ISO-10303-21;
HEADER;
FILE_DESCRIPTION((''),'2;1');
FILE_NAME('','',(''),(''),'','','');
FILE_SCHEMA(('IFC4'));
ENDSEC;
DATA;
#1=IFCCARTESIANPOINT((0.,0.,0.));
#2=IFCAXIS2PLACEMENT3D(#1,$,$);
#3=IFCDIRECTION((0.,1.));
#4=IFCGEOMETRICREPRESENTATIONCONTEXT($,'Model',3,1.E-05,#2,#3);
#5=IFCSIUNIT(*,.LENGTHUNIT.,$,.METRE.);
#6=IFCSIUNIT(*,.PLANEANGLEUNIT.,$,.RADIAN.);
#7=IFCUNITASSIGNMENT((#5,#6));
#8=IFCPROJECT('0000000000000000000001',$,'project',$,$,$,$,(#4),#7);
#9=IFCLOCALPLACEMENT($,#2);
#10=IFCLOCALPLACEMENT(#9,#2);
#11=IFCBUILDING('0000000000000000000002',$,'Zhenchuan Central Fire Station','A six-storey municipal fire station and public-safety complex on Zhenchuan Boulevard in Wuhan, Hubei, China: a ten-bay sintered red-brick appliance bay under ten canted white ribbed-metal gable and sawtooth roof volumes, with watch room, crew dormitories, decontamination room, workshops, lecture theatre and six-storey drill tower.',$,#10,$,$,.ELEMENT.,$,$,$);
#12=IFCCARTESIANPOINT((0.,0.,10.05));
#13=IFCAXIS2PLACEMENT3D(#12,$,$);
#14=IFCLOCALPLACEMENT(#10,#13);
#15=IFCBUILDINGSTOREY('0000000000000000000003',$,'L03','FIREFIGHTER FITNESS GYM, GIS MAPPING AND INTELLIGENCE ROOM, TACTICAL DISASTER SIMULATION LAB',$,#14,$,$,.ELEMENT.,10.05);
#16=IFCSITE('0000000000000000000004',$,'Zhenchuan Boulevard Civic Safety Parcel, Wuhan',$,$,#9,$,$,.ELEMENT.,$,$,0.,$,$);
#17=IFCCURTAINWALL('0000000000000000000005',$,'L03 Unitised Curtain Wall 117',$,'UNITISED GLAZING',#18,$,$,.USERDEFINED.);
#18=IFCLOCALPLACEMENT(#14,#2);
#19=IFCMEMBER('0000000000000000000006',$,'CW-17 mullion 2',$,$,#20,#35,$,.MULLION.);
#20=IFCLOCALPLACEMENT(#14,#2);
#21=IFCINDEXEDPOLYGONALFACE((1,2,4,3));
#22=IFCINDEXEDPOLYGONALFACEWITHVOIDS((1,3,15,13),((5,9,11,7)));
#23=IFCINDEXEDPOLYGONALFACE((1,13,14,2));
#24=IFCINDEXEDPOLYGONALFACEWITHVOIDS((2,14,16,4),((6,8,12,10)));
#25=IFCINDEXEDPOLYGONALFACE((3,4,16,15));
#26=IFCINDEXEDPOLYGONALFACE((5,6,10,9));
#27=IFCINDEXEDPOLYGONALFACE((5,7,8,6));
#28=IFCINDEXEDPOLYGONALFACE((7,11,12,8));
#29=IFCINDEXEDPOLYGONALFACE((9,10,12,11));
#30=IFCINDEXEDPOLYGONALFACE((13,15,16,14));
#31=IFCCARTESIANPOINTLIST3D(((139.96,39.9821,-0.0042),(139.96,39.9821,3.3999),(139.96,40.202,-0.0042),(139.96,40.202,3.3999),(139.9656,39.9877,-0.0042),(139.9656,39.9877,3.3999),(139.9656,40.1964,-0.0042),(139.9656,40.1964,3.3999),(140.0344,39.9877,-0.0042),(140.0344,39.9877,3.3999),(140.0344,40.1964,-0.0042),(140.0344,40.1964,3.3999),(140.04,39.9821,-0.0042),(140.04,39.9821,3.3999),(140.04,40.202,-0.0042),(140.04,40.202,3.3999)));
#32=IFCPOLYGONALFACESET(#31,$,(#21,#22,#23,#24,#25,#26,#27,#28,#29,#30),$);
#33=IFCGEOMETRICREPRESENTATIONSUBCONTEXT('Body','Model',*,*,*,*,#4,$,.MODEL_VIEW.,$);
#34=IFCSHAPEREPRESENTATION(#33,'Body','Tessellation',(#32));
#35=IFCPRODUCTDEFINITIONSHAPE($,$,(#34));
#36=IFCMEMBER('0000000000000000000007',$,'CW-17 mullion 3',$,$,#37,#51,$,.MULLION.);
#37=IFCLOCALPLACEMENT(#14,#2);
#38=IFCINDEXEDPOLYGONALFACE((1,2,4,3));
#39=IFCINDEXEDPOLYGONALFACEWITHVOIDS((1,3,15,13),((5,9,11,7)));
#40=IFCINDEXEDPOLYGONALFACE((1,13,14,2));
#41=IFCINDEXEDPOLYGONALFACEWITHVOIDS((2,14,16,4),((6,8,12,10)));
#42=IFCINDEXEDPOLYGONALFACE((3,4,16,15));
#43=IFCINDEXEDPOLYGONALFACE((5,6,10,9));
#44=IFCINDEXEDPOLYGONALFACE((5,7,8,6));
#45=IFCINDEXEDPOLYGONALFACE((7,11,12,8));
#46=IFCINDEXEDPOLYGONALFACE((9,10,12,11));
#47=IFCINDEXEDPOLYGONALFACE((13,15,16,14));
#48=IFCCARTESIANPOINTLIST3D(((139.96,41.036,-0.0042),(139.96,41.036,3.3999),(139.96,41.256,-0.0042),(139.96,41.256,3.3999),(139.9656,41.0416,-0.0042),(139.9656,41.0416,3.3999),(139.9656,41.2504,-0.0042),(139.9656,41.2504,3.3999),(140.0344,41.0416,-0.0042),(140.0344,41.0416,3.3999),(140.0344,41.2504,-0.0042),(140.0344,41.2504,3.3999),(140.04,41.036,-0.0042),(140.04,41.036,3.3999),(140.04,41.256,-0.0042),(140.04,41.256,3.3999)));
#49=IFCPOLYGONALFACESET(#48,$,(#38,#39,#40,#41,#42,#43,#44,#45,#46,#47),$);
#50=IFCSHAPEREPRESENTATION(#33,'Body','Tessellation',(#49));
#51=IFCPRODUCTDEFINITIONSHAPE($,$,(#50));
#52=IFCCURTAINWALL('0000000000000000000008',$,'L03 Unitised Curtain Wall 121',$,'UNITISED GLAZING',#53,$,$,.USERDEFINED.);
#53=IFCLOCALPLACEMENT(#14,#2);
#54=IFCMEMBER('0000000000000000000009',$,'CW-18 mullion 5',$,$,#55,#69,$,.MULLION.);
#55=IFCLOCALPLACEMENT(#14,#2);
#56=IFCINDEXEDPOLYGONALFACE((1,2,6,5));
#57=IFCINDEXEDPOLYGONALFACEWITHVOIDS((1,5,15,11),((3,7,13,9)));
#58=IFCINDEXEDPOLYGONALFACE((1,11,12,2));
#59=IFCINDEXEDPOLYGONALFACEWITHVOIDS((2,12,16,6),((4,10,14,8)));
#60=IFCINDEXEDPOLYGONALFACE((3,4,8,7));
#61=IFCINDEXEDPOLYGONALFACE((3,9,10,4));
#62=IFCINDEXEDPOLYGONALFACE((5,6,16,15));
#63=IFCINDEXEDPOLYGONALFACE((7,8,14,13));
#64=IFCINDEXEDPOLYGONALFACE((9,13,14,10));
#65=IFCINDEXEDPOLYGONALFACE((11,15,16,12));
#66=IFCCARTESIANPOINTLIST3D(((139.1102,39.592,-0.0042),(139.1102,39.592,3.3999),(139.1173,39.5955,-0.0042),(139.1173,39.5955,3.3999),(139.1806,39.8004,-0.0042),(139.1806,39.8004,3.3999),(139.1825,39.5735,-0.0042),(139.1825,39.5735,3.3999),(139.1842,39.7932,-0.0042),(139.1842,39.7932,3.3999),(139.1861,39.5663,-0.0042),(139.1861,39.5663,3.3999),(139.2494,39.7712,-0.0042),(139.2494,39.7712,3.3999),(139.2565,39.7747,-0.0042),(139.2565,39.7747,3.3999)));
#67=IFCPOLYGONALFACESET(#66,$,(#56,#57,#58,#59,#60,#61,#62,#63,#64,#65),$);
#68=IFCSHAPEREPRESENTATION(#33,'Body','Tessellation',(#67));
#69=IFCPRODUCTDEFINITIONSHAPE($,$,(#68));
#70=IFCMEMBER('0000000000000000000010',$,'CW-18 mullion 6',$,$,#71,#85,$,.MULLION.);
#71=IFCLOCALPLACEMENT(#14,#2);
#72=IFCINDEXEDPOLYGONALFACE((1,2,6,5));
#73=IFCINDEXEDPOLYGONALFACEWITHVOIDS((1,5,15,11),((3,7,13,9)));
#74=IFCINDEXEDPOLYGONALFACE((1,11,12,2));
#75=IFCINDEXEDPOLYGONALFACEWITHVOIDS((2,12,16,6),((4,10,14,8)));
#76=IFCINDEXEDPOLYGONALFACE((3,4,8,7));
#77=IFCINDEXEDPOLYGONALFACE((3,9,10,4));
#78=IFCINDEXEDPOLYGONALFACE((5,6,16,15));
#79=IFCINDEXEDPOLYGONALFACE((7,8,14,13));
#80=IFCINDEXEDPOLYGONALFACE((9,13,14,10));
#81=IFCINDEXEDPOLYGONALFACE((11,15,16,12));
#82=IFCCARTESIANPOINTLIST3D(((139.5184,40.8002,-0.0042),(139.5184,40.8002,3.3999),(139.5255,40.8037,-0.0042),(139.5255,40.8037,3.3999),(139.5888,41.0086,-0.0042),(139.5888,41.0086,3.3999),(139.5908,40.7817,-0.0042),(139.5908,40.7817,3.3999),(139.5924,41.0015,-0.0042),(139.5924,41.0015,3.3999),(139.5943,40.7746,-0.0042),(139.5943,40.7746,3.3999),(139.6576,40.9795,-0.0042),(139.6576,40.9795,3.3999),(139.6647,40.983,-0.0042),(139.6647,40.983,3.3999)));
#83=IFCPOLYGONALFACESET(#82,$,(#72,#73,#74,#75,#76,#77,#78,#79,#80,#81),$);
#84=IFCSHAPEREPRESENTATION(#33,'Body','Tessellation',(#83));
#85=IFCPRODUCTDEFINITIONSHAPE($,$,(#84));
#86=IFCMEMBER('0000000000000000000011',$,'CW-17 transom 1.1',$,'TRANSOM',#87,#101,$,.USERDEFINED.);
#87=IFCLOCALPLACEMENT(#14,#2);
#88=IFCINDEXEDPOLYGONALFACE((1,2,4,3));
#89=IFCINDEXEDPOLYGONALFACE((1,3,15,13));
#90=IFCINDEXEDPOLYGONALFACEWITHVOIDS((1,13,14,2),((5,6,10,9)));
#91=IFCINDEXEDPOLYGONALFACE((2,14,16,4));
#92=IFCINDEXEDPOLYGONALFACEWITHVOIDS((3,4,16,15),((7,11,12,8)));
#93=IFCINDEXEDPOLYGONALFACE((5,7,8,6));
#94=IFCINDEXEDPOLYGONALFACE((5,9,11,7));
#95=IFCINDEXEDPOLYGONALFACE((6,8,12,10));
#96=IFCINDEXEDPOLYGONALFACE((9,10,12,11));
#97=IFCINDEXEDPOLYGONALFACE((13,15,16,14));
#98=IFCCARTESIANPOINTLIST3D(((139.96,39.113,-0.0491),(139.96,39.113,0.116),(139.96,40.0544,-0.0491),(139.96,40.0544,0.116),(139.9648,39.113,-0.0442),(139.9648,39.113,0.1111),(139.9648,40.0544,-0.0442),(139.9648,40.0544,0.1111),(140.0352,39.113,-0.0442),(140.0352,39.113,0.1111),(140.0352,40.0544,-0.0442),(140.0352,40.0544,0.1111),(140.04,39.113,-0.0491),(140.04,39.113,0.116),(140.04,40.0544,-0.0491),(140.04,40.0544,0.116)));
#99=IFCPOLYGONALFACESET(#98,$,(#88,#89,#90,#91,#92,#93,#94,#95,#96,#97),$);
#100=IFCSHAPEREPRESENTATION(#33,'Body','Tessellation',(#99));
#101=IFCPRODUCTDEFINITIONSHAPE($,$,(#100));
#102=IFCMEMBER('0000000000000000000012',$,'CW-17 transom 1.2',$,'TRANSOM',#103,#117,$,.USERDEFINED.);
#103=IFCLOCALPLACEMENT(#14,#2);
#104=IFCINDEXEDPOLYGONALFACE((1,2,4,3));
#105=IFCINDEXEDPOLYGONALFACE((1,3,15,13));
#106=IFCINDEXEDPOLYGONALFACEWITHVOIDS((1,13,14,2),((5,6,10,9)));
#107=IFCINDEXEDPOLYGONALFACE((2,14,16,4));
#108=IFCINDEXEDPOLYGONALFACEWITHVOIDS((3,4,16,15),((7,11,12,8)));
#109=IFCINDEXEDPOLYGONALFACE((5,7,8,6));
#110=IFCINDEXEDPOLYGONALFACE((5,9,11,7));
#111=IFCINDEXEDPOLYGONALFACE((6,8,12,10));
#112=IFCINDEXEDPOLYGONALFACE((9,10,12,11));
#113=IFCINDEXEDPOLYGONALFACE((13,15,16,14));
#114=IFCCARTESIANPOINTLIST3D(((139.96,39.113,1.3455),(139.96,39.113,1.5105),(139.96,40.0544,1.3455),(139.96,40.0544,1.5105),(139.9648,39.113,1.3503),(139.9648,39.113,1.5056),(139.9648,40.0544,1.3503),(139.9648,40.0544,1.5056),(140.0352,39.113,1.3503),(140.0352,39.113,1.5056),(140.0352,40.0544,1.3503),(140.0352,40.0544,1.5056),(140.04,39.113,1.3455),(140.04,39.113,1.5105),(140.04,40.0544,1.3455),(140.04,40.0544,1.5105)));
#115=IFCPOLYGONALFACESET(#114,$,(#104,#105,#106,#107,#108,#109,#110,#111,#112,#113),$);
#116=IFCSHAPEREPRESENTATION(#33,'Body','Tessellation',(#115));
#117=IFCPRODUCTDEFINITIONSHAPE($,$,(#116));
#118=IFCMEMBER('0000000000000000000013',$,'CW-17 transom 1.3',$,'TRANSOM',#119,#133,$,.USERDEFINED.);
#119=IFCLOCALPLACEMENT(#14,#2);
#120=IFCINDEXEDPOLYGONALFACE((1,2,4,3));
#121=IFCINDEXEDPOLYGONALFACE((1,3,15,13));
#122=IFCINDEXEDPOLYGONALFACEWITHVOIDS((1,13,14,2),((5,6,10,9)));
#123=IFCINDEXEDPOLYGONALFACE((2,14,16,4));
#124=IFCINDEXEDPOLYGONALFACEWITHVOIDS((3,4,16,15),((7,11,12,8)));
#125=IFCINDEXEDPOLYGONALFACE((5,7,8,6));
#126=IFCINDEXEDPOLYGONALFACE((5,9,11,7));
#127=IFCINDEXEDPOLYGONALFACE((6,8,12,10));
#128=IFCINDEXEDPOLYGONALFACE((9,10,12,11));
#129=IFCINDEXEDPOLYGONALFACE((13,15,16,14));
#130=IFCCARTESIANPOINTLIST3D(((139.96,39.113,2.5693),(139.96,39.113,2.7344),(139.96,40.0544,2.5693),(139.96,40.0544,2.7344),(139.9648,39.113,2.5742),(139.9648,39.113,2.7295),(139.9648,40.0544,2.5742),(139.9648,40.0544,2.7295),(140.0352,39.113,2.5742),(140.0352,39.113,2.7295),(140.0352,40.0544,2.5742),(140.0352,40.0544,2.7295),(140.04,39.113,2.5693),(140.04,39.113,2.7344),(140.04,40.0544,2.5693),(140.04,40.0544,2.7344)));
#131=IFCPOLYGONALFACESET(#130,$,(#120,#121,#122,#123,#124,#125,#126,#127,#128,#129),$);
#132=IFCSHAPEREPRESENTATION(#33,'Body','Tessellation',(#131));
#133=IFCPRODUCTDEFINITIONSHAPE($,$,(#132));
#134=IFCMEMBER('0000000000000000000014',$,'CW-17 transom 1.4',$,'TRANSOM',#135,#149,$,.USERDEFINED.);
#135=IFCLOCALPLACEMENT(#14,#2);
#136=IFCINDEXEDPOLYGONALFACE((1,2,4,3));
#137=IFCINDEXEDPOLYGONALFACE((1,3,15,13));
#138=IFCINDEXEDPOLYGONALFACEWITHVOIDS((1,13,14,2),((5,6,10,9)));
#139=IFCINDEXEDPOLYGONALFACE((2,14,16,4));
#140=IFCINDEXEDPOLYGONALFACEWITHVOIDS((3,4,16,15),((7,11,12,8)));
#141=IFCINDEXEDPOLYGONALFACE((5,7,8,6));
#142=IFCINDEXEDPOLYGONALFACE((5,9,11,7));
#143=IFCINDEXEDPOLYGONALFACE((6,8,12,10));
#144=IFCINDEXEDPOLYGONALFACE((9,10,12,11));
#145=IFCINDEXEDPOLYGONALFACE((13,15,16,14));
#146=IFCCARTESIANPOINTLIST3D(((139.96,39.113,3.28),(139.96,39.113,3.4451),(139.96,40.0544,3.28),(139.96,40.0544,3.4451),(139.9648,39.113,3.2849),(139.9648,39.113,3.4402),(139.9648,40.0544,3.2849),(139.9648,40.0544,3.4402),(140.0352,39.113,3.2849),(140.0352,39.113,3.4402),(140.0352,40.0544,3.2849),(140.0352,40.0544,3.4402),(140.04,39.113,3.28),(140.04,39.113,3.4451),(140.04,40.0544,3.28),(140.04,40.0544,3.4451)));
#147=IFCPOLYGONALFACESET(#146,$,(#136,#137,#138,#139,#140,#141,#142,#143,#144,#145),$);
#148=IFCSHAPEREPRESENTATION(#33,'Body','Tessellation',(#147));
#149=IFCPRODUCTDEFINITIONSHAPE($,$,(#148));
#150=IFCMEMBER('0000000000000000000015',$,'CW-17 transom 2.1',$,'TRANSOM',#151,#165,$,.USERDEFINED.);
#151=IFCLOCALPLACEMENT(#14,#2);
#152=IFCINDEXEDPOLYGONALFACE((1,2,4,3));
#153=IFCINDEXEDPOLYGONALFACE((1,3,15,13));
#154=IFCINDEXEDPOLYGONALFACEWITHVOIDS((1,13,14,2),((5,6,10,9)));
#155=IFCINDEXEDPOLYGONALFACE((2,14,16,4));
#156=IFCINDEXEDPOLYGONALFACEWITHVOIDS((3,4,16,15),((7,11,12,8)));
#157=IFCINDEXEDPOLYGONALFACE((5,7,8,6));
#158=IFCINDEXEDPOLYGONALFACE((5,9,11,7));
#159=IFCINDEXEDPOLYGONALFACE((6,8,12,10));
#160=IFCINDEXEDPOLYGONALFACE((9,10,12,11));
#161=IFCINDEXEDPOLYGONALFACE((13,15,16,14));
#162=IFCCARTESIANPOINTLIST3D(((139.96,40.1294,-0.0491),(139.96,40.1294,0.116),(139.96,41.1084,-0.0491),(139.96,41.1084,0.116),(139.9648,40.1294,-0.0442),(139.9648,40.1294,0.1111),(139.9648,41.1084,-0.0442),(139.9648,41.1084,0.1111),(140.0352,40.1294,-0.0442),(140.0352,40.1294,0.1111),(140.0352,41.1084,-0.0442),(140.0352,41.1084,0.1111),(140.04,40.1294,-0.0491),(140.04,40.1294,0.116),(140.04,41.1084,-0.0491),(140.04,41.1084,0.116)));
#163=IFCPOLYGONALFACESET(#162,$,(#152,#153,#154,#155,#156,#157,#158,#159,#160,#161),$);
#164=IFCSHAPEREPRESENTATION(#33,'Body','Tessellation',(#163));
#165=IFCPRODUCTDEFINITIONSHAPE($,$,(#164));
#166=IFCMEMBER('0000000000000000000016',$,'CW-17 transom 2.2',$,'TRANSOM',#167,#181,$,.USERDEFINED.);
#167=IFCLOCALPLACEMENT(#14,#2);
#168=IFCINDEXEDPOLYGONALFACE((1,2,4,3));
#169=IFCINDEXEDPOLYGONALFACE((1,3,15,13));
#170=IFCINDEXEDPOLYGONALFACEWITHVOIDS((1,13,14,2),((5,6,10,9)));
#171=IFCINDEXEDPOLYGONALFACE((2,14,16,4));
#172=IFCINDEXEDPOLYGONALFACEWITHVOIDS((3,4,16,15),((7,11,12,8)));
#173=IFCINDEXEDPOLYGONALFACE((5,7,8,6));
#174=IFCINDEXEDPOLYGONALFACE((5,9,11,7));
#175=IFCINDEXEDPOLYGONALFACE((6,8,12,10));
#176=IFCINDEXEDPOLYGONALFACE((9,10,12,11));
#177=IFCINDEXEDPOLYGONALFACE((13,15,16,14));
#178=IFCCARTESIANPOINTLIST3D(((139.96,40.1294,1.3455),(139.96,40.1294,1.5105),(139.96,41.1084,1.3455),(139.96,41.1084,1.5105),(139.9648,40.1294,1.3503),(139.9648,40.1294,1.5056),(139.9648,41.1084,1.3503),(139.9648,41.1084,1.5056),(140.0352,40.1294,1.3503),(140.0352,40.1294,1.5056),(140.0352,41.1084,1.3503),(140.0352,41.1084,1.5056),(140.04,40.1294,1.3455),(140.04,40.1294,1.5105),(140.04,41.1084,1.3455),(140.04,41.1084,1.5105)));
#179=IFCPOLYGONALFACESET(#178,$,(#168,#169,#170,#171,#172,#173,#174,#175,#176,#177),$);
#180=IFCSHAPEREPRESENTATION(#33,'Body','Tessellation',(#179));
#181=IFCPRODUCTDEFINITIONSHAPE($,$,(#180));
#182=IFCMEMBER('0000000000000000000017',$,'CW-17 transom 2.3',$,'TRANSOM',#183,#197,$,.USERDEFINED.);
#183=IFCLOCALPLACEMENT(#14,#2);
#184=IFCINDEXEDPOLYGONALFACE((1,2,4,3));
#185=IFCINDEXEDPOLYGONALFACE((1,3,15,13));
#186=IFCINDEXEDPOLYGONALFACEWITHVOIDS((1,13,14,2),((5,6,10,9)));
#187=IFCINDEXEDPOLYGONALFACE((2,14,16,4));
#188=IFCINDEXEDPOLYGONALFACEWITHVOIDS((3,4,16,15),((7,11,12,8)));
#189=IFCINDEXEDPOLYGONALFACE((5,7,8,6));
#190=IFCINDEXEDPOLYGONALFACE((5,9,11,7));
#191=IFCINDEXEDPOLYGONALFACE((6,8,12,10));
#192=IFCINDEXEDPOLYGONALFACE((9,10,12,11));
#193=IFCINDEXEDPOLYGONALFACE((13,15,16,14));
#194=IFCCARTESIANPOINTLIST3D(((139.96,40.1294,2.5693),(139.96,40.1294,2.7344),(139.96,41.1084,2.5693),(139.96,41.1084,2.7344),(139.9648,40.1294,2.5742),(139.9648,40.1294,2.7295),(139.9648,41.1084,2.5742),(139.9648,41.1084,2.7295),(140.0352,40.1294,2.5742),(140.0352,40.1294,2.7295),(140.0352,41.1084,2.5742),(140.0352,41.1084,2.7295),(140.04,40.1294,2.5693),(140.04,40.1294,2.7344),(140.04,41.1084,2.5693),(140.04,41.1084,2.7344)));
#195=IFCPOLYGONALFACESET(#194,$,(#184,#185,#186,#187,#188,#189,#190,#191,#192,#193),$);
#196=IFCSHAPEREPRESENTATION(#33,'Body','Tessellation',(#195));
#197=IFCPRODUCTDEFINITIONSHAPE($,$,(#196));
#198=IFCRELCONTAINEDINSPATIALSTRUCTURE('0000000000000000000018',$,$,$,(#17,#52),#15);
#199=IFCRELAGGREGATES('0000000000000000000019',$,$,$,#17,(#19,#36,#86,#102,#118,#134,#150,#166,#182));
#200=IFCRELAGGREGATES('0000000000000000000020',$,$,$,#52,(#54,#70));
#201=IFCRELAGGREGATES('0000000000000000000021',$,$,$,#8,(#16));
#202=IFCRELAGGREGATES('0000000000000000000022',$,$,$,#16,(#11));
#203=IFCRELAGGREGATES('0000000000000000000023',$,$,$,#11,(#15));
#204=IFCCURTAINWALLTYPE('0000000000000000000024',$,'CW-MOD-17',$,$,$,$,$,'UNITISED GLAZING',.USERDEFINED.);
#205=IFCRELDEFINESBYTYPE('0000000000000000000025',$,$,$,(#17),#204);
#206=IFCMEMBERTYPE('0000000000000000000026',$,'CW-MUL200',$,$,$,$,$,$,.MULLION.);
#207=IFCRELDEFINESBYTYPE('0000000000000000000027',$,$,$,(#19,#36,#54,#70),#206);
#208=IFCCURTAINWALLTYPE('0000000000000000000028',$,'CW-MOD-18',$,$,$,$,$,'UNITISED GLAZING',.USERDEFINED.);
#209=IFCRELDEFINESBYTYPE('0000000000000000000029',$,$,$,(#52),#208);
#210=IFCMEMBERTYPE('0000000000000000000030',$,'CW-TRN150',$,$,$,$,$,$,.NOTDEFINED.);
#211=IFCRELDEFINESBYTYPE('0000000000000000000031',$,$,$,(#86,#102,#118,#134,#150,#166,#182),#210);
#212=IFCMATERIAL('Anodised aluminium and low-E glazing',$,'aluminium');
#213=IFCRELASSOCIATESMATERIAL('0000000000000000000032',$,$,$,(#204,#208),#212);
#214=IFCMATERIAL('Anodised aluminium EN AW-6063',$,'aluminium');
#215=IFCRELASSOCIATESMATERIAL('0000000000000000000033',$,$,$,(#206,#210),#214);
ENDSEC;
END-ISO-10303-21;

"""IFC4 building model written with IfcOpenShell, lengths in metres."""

from ifc_helpers import new_model, si_unit, direction, frame, origin, origin_2d, place, context, subcontext, project, spatial, hollow_rectangle, extrude, material, material_profile, profile_set, type_object, element, aggregate, save


model = new_model("IFC4")

# Units and contexts
model_context = context("Model", 3, precision=1e-05, world=origin(), true_north=direction((0.0, 1.0)))
body_context = subcontext(model_context, "Body", "Model", "MODEL_VIEW")
ifc_project = project(units=[si_unit("LENGTHUNIT", "METRE"), si_unit("PLANEANGLEUNIT", "RADIAN")], contexts=[model_context])

# Site, building, storey
site_placement = place(None, origin())
site = spatial("IfcSite", under=ifc_project, at=site_placement, Name="Zhenchuan Boulevard Civic Safety Parcel, Wuhan", CompositionType="ELEMENT", RefElevation=0.0)
building_placement = place(site_placement, origin())
building = spatial("IfcBuilding", under=site, at=building_placement, Name="Zhenchuan Central Fire Station", Description="A six-storey municipal fire station and public-safety complex on Zhenchuan Boulevard in Wuhan, Hubei, China: a ten-bay sintered red-brick appliance bay under ten canted white ribbed-metal gable and sawtooth roof volumes, with watch room, crew dormitories, decontamination room, workshops, lecture theatre and six-storey drill tower.", CompositionType="ELEMENT")
storey_placement = place(building_placement, frame((0.0, 0.0, 10.05)))
storey = spatial("IfcBuildingStorey", under=building, at=storey_placement, Name="L03", Description="FIREFIGHTER FITNESS GYM, GIS MAPPING AND INTELLIGENCE ROOM, TACTICAL DISASTER SIMULATION LAB", CompositionType="ELEMENT", Elevation=10.05)

# Curtain walls, members
ifc_material_1 = material(Name="Anodised aluminium and low-E glazing", Category="aluminium")
curtain_wall_type_1 = type_object("IfcCurtainWallType", Name="CW-MOD-17", ElementType="UNITISED GLAZING", PredefinedType="USERDEFINED", material=ifc_material_1)
curtain_wall_1_placement = place(storey_placement, origin())
curtain_wall_1 = element("IfcCurtainWall", 1, at=curtain_wall_1_placement, inside=storey, type_object=curtain_wall_type_1, Name="L03 Unitised Curtain Wall 117", ObjectType="UNITISED GLAZING", PredefinedType="USERDEFINED")
ifc_material_2 = material(Name="Anodised aluminium EN AW-6063", Category="aluminium")
ifc_material_profile_1 = material_profile(ifc_material_2, hollow_rectangle(XDim=0.0801, YDim=0.22, WallThickness=0.0056, at=origin_2d()), Name="ALU-M 220x80")
ifc_profile_set_1 = profile_set([ifc_material_profile_1], Name="Anodised aluminium EN AW-6063")
member_type_1 = type_object("IfcMemberType", Name="CW-MUL200", PredefinedType="MULLION", material=ifc_profile_set_1)
member_1_placement = place(storey_placement, frame((140.0, 40.092, -0.0042), z_axis=(0.0, 0.0, 1.0), x_axis=(-1.0, 0.0, 0.0)))
member_1 = element("IfcMember", 2, at=member_1_placement, type_object=member_type_1, Name="CW-17 mullion 2", PredefinedType="MULLION", context=body_context, shape_type="SweptSolid", body=[
    extrude(hollow_rectangle(XDim=0.0801, YDim=0.22, WallThickness=0.0056, at=origin_2d()), origin(), (0.0, 0.0, 1.0), 3.4041),
])
member_2_placement = place(storey_placement, frame((140.0, 41.146, -0.0042), z_axis=(0.0, 0.0, 1.0), x_axis=(-1.0, 0.0, 0.0)))
member_2 = element("IfcMember", 3, at=member_2_placement, type_object=member_type_1, Name="CW-17 mullion 3", PredefinedType="MULLION", context=body_context, shape_type="SweptSolid", body=[
    extrude(hollow_rectangle(XDim=0.0801, YDim=0.22, WallThickness=0.0056, at=origin_2d()), origin(), (0.0, 0.0, 1.0), 3.4041),
])
curtain_wall_type_2 = type_object("IfcCurtainWallType", Name="CW-MOD-18", ElementType="UNITISED GLAZING", PredefinedType="USERDEFINED", material=ifc_material_1)
curtain_wall_2_placement = place(storey_placement, origin())
curtain_wall_2 = element("IfcCurtainWall", 4, at=curtain_wall_2_placement, inside=storey, type_object=curtain_wall_type_2, Name="L03 Unitised Curtain Wall 121", ObjectType="UNITISED GLAZING", PredefinedType="USERDEFINED")
member_3_placement = place(storey_placement, frame((139.1833, 39.6833, -0.0042), z_axis=(0.0, 0.0, 1.0), x_axis=(-0.947368, 0.320145, 0.0)))
member_3 = element("IfcMember", 5, at=member_3_placement, type_object=member_type_1, Name="CW-18 mullion 5", PredefinedType="MULLION", context=body_context, shape_type="SweptSolid", body=[
    extrude(hollow_rectangle(XDim=0.0801, YDim=0.22, WallThickness=0.0056, at=origin_2d()), origin(), (0.0, 0.0, 1.0), 3.4041),
])
member_4_placement = place(storey_placement, frame((139.5916, 40.8916, -0.0042), z_axis=(0.0, 0.0, 1.0), x_axis=(-0.947368, 0.320145, 0.0)))
member_4 = element("IfcMember", 6, at=member_4_placement, type_object=member_type_1, Name="CW-18 mullion 6", PredefinedType="MULLION", context=body_context, shape_type="SweptSolid", body=[
    extrude(hollow_rectangle(XDim=0.0801, YDim=0.22, WallThickness=0.0056, at=origin_2d()), origin(), (0.0, 0.0, 1.0), 3.4041),
])

# Members
ifc_material_profile_2 = material_profile(ifc_material_2, hollow_rectangle(XDim=0.0801, YDim=0.165, WallThickness=0.0049, at=origin_2d()), Name="ALU-T 165x80")
ifc_profile_set_2 = profile_set([ifc_material_profile_2], Name="Anodised aluminium EN AW-6063")
member_type_2 = type_object("IfcMemberType", Name="CW-TRN150", PredefinedType="NOTDEFINED", material=ifc_profile_set_2)
member_5_placement = place(storey_placement, frame((140.0, 39.113, 0.0334), z_axis=(0.0, 1.0, 0.0), x_axis=(-1.0, 0.0, 0.0)))
member_5 = element("IfcMember", 7, at=member_5_placement, type_object=member_type_2, Name="CW-17 transom 1.1", ObjectType="TRANSOM", PredefinedType="USERDEFINED", context=body_context, shape_type="SweptSolid", body=[
    extrude(hollow_rectangle(XDim=0.0801, YDim=0.165, WallThickness=0.0049, at=origin_2d()), origin(), (0.0, 0.0, 1.0), 0.9414),
])
member_6_placement = place(storey_placement, frame((140.0, 39.113, 1.428), z_axis=(0.0, 1.0, 0.0), x_axis=(-1.0, 0.0, 0.0)))
member_6 = element("IfcMember", 8, at=member_6_placement, type_object=member_type_2, Name="CW-17 transom 1.2", ObjectType="TRANSOM", PredefinedType="USERDEFINED", context=body_context, shape_type="SweptSolid", body=[
    extrude(hollow_rectangle(XDim=0.0801, YDim=0.165, WallThickness=0.0049, at=origin_2d()), origin(), (0.0, 0.0, 1.0), 0.9414),
])
member_7_placement = place(storey_placement, frame((140.0, 39.113, 2.6519), z_axis=(0.0, 1.0, 0.0), x_axis=(-1.0, 0.0, 0.0)))
member_7 = element("IfcMember", 9, at=member_7_placement, type_object=member_type_2, Name="CW-17 transom 1.3", ObjectType="TRANSOM", PredefinedType="USERDEFINED", context=body_context, shape_type="SweptSolid", body=[
    extrude(hollow_rectangle(XDim=0.0801, YDim=0.165, WallThickness=0.0049, at=origin_2d()), origin(), (0.0, 0.0, 1.0), 0.9414),
])
member_8_placement = place(storey_placement, frame((140.0, 39.113, 3.3625), z_axis=(0.0, 1.0, 0.0), x_axis=(-1.0, 0.0, 0.0)))
member_8 = element("IfcMember", 10, at=member_8_placement, type_object=member_type_2, Name="CW-17 transom 1.4", ObjectType="TRANSOM", PredefinedType="USERDEFINED", context=body_context, shape_type="SweptSolid", body=[
    extrude(hollow_rectangle(XDim=0.0801, YDim=0.165, WallThickness=0.0049, at=origin_2d()), origin(), (0.0, 0.0, 1.0), 0.9414),
])
member_9_placement = place(storey_placement, frame((140.0, 40.1294, 0.0334), z_axis=(0.0, 1.0, 0.0), x_axis=(-1.0, 0.0, 0.0)))
member_9 = element("IfcMember", 11, at=member_9_placement, type_object=member_type_2, Name="CW-17 transom 2.1", ObjectType="TRANSOM", PredefinedType="USERDEFINED", context=body_context, shape_type="SweptSolid", body=[
    extrude(hollow_rectangle(XDim=0.0801, YDim=0.165, WallThickness=0.0049, at=origin_2d()), origin(), (0.0, 0.0, 1.0), 0.979),
])
member_10_placement = place(storey_placement, frame((140.0, 40.1294, 1.428), z_axis=(0.0, 1.0, 0.0), x_axis=(-1.0, 0.0, 0.0)))
member_10 = element("IfcMember", 12, at=member_10_placement, type_object=member_type_2, Name="CW-17 transom 2.2", ObjectType="TRANSOM", PredefinedType="USERDEFINED", context=body_context, shape_type="SweptSolid", body=[
    extrude(hollow_rectangle(XDim=0.0801, YDim=0.165, WallThickness=0.0049, at=origin_2d()), origin(), (0.0, 0.0, 1.0), 0.979),
])
member_11_placement = place(storey_placement, frame((140.0, 40.1294, 2.6519), z_axis=(0.0, 1.0, 0.0), x_axis=(-1.0, 0.0, 0.0)))
member_11 = element("IfcMember", 13, at=member_11_placement, type_object=member_type_2, Name="CW-17 transom 2.3", ObjectType="TRANSOM", PredefinedType="USERDEFINED", context=body_context, shape_type="SweptSolid", body=[
    extrude(hollow_rectangle(XDim=0.0801, YDim=0.165, WallThickness=0.0049, at=origin_2d()), origin(), (0.0, 0.0, 1.0), 0.979),
])

aggregate(curtain_wall_1, [member_1, member_2, member_5, member_6, member_7, member_8, member_9, member_10, member_11])
aggregate(curtain_wall_2, [member_3, member_4])

save(model, "model.ifc")
